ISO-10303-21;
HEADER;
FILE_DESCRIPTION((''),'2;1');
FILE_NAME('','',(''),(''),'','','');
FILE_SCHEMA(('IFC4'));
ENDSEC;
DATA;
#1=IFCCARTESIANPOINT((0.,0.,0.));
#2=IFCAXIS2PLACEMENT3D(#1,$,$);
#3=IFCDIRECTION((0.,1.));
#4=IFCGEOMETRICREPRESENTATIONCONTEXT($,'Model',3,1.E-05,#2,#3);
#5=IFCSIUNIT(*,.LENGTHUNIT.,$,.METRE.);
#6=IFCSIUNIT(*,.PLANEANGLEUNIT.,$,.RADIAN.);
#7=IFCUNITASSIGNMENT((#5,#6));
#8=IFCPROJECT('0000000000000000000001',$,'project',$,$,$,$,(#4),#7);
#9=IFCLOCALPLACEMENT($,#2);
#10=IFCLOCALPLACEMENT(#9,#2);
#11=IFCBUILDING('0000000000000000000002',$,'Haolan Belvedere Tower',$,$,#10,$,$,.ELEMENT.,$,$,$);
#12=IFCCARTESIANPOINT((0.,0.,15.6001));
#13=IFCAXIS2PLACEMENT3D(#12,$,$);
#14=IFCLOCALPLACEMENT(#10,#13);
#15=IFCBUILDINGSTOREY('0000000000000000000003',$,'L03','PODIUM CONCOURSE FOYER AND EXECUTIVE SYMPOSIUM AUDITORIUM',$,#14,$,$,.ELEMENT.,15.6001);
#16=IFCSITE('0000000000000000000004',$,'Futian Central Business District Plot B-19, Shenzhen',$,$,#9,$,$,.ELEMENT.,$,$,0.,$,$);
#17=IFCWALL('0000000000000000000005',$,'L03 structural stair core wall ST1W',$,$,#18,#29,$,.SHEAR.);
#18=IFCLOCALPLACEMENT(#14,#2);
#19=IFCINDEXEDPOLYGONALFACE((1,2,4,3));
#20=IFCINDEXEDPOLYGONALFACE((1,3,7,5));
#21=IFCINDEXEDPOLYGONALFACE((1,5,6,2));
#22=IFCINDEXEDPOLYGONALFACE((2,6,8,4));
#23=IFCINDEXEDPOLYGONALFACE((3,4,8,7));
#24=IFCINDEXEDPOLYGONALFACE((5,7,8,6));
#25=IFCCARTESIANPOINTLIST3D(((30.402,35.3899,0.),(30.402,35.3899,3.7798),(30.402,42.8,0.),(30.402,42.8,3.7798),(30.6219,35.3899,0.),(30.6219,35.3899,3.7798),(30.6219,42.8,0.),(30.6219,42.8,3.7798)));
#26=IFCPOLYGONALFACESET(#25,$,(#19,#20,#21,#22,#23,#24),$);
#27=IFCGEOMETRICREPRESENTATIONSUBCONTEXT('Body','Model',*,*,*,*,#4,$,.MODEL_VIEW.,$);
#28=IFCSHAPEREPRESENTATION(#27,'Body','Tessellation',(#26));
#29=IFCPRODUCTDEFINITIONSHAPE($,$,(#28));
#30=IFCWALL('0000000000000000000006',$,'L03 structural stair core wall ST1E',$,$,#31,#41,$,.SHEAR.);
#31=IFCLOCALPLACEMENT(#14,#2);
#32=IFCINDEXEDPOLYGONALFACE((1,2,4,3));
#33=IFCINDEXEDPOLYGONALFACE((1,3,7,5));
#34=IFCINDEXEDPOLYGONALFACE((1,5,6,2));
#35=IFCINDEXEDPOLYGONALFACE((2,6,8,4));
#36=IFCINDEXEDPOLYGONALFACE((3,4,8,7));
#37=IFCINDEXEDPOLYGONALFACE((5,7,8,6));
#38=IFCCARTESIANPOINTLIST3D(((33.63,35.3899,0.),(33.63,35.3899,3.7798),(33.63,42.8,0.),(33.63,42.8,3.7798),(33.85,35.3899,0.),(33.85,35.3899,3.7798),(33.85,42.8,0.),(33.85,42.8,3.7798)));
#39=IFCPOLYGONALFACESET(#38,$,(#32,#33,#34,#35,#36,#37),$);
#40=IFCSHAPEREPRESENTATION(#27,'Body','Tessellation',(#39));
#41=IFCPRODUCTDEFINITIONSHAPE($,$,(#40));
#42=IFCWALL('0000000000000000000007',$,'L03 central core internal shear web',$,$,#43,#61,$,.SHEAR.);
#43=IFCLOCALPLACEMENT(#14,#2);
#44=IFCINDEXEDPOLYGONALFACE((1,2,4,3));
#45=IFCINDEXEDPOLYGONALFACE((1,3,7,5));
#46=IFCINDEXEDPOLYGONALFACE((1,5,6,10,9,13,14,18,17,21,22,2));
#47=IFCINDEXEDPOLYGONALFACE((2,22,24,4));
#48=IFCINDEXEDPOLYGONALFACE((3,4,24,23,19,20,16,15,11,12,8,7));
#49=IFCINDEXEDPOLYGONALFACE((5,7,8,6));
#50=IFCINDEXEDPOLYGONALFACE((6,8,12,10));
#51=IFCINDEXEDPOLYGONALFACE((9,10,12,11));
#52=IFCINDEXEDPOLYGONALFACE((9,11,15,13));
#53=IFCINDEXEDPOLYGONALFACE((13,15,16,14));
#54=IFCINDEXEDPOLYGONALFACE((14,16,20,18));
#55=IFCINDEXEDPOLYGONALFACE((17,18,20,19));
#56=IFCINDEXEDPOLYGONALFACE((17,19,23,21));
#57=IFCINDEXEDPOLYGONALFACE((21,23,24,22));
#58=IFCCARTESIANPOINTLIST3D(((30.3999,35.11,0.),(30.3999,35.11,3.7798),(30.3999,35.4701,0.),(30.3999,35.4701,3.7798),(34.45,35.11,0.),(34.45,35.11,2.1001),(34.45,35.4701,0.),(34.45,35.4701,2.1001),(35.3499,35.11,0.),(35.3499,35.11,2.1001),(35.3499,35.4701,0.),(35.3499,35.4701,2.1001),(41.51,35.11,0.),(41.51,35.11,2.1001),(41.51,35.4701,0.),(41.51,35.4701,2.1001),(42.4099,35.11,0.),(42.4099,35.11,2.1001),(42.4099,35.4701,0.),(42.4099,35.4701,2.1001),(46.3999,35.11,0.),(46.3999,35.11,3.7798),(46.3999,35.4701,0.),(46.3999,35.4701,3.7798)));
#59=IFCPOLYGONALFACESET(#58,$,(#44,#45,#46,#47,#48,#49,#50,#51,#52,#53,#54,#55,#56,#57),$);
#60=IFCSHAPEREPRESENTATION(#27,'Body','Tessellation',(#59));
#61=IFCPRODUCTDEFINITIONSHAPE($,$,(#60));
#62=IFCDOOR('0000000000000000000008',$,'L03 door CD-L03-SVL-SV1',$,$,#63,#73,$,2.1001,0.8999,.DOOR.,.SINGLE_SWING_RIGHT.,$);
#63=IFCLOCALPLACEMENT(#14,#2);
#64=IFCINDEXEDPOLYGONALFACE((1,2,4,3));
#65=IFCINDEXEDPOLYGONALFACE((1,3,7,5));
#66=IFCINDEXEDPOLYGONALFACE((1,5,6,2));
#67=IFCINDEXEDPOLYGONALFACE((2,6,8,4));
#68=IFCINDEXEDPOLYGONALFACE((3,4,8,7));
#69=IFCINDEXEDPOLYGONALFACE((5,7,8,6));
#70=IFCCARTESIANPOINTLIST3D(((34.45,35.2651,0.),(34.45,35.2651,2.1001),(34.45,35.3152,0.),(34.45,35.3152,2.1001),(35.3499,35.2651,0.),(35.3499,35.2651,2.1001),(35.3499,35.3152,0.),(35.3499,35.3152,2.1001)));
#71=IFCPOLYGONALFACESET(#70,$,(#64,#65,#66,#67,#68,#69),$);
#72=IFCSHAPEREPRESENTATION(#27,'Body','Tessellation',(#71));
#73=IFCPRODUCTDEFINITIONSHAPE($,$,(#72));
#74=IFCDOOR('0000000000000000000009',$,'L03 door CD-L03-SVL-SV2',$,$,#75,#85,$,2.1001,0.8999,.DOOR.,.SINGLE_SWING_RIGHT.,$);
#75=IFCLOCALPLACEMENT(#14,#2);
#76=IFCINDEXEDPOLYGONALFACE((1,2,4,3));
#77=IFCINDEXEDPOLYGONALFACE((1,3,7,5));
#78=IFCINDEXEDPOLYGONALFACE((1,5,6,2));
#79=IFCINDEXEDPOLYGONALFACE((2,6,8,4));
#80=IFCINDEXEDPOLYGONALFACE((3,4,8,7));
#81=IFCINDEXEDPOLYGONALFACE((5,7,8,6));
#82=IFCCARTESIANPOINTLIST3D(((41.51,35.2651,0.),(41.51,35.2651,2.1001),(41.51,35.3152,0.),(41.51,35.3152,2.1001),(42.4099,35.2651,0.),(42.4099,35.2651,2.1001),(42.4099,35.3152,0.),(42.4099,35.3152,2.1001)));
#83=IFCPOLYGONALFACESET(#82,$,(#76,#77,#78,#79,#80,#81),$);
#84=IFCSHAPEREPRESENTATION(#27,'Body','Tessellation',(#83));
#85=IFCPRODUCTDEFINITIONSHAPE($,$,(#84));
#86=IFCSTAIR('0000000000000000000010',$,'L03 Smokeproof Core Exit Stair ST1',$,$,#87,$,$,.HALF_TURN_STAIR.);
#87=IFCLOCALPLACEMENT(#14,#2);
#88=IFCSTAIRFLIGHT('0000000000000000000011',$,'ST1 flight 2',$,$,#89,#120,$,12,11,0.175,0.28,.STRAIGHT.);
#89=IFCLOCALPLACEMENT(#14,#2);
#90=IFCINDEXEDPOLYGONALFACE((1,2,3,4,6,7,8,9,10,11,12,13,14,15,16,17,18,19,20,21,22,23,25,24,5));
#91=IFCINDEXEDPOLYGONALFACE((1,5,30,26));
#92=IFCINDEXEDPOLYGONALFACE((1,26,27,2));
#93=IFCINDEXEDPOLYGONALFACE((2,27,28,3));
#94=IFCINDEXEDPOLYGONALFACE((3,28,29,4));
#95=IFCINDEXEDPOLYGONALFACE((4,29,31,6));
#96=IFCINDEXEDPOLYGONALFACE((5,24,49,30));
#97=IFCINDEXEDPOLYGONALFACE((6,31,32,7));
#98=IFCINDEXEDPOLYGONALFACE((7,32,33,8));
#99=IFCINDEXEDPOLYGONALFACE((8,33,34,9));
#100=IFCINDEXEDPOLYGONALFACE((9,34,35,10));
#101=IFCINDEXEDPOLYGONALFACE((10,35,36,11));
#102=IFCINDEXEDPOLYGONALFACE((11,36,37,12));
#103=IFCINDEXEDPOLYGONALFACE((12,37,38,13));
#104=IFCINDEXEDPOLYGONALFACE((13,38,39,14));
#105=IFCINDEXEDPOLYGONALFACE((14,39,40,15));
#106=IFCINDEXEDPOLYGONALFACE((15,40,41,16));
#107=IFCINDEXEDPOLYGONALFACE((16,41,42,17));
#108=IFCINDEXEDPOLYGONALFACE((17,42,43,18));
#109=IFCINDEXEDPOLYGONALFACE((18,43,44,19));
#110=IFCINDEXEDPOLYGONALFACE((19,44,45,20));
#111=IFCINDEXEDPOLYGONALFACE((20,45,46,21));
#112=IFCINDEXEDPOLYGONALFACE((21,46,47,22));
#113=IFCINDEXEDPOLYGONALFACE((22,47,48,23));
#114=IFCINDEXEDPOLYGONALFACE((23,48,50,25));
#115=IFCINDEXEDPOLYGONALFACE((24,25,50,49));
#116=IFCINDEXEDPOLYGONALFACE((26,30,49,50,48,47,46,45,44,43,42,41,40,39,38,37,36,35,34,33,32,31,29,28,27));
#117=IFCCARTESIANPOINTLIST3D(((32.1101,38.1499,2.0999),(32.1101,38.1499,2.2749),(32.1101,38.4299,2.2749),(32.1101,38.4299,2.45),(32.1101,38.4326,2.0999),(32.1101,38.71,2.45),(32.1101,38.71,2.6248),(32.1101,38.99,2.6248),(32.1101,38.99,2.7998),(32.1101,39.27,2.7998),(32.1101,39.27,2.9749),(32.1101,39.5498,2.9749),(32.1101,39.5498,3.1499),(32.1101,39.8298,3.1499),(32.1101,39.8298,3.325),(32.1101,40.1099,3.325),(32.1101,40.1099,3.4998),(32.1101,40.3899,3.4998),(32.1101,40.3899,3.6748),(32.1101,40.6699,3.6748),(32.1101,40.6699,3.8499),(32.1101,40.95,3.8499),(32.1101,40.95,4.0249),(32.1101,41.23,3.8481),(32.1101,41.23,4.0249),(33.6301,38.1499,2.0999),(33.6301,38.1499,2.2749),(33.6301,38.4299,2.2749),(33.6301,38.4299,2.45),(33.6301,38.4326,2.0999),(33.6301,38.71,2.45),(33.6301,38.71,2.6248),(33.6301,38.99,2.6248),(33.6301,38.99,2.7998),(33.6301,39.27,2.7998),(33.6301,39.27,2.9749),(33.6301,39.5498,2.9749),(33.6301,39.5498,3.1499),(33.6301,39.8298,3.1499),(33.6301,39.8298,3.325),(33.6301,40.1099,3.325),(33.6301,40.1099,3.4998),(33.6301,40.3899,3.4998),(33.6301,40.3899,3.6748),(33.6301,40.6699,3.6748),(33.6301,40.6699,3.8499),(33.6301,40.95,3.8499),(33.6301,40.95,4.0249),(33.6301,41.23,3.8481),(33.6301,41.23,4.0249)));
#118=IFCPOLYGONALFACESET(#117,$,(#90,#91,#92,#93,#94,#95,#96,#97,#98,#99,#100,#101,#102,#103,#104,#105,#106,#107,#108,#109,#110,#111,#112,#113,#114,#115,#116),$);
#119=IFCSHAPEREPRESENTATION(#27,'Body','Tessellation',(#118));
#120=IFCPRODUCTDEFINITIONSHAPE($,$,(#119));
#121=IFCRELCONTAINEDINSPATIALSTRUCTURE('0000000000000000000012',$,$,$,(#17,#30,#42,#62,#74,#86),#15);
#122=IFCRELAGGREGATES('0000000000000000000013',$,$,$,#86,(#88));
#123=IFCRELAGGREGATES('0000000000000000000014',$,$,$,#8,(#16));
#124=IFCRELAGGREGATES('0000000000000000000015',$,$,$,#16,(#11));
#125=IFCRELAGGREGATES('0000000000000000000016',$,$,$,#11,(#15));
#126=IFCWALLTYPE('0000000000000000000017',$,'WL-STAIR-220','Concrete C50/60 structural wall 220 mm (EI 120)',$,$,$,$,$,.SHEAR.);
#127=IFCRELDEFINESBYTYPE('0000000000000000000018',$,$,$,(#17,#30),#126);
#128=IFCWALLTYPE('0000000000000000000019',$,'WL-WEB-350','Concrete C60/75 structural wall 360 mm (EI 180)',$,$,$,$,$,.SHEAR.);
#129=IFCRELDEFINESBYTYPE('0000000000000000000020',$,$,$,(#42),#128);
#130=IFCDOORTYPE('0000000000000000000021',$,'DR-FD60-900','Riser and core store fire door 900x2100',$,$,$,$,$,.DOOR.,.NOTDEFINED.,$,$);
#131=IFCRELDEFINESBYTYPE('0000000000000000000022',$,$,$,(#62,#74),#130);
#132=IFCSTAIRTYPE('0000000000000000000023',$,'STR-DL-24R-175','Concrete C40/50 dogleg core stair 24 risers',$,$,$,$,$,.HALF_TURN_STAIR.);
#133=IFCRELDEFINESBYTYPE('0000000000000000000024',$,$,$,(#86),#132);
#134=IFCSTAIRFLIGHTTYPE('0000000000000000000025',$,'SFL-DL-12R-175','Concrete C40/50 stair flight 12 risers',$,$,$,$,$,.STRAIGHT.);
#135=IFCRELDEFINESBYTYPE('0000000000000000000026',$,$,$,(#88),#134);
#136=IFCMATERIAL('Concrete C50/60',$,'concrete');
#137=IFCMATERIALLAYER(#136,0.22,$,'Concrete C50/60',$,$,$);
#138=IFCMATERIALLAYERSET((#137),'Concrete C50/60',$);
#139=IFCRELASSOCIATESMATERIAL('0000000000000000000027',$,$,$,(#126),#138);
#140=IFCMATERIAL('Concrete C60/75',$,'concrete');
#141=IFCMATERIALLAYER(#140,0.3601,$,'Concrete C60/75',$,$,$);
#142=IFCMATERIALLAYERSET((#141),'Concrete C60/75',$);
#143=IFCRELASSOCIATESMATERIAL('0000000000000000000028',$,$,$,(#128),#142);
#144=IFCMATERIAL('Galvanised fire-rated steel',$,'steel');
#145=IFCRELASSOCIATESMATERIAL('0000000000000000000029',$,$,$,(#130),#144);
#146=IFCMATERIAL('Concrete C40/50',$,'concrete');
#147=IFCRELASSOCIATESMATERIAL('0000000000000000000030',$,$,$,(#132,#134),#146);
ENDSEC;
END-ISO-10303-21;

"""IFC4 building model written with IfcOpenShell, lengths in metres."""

from ifc_helpers import new_model, si_unit, direction, frame, frame_2d, origin, place, context, subcontext, project, spatial, polyline, rectangle, outline, extrude, material, layer, layer_set, type_object, element, fill, aggregate, save


model = new_model("IFC4")

# Units and contexts
model_context = context("Model", 3, precision=1e-05, world=origin(), true_north=direction((0.0, 1.0)))
body_context = subcontext(model_context, "Body", "Model", "MODEL_VIEW")
ifc_project = project(units=[si_unit("LENGTHUNIT", "METRE"), si_unit("PLANEANGLEUNIT", "RADIAN")], contexts=[model_context])

# Site, building, storey
site_placement = place(None, origin())
site = spatial("IfcSite", under=ifc_project, at=site_placement, Name="Futian Central Business District Plot B-19, Shenzhen", CompositionType="ELEMENT", RefElevation=0.0)
building_placement = place(site_placement, origin())
building = spatial("IfcBuilding", under=site, at=building_placement, Name="Haolan Belvedere Tower", CompositionType="ELEMENT")
storey_placement = place(building_placement, frame((0.0, 0.0, 15.6001)))
storey = spatial("IfcBuildingStorey", under=building, at=storey_placement, Name="L03", Description="PODIUM CONCOURSE FOYER AND EXECUTIVE SYMPOSIUM AUDITORIUM", CompositionType="ELEMENT", Elevation=15.6001)

# Walls
ifc_material_1 = material(Name="Concrete C50/60", Category="concrete")
ifc_layer_1 = layer(ifc_material_1, 0.22, Name="Concrete C50/60")
ifc_layer_set_1 = layer_set([ifc_layer_1], Name="Concrete C50/60")
wall_type_1 = type_object("IfcWallType", Name="WL-STAIR-220", Description="Concrete C50/60 structural wall 220 mm (EI 120)", PredefinedType="SHEAR", material=ifc_layer_set_1)
for number, where, z_axis, x_axis, name in (
    (1, (30.512, 35.3899, 0.0), (0.0, 0.0, 1.0), (0.0, 1.0, 0.0), "L03 structural stair core wall ST1W"),
    (2, (33.74, 35.3899, 0.0), (0.0, 0.0, 1.0), (0.0, 1.0, 0.0), "L03 structural stair core wall ST1E"),
):
    element("IfcWall", number, at=place(storey_placement, frame(where, z_axis=z_axis, x_axis=x_axis)), inside=storey, type_object=wall_type_1, Name=name, PredefinedType="SHEAR", context=body_context, shape_type="SweptSolid", body=[
        extrude(rectangle(XDim=7.4102, YDim=0.22, at=frame_2d((3.7051, 0.0))), origin(), (0.0, 0.0, 1.0), 3.7798),
    ])

# Wall, openings, doors
ifc_material_2 = material(Name="Concrete C60/75", Category="concrete")
ifc_layer_2 = layer(ifc_material_2, 0.3601, Name="Concrete C60/75")
ifc_layer_set_2 = layer_set([ifc_layer_2], Name="Concrete C60/75")
wall_type_2 = type_object("IfcWallType", Name="WL-WEB-350", Description="Concrete C60/75 structural wall 360 mm (EI 180)", PredefinedType="SHEAR", material=ifc_layer_set_2)
wall_1_placement = place(storey_placement, frame((30.3999, 35.29, 0.0), z_axis=(0.0, 0.0, 1.0), x_axis=(1.0, 0.0, 0.0)))
wall_1 = element("IfcWall", 3, at=wall_1_placement, inside=storey, type_object=wall_type_2, Name="L03 central core internal shear web", PredefinedType="SHEAR", context=body_context, shape_type="SweptSolid", body=[
    extrude(rectangle(XDim=16.0, YDim=0.3601, at=frame_2d((8.0, 0.0))), origin(), (0.0, 0.0, 1.0), 3.7798),
])
opening_1_placement = place(wall_1_placement, frame((4.95, 0.0, 0.0), z_axis=(0.0, 0.0, 1.0), x_axis=(-1.0, 0.0, 0.0)))
opening_1 = element("IfcOpeningElement", 4, at=opening_1_placement, cuts=wall_1, PredefinedType="OPENING", context=body_context, shape_type="SweptSolid", body=[
    extrude(rectangle(XDim=0.8999, YDim=2.1001, at=frame_2d((0.45, 1.05))), frame((0.0, 0.1899, 0.0), z_axis=(0.0, -1.0, 0.0), x_axis=(1.0, 0.0, 0.0)), (0.0, 0.0, 1.0), 0.3801),
])
opening_2_placement = place(wall_1_placement, frame((12.01, 0.0, 0.0), z_axis=(0.0, 0.0, 1.0), x_axis=(-1.0, 0.0, 0.0)))
opening_2 = element("IfcOpeningElement", 5, at=opening_2_placement, cuts=wall_1, PredefinedType="OPENING", context=body_context, shape_type="SweptSolid", body=[
    extrude(rectangle(XDim=0.8999, YDim=2.1001, at=frame_2d((0.45, 1.05))), frame((0.0, 0.1899, 0.0), z_axis=(0.0, -1.0, 0.0), x_axis=(1.0, 0.0, 0.0)), (0.0, 0.0, 1.0), 0.3801),
])
ifc_material_3 = material(Name="Galvanised fire-rated steel", Category="steel")
door_type_1 = type_object("IfcDoorType", Name="DR-FD60-900", Description="Riser and core store fire door 900x2100", OperationType="NOTDEFINED", PredefinedType="DOOR", material=ifc_material_3)
door_1_placement = place(opening_1_placement, origin())
door_1 = element("IfcDoor", 6, at=door_1_placement, inside=storey, type_object=door_type_1, Name="L03 door CD-L03-SVL-SV1", OperationType="SINGLE_SWING_RIGHT", OverallHeight=2.1001, OverallWidth=0.8999, PredefinedType="DOOR", context=body_context, shape_type="SweptSolid", body=[
    extrude(rectangle(XDim=0.8999, YDim=2.1001, at=frame_2d((0.45, 1.05))), frame((0.0, 0.0249, 0.0), z_axis=(0.0, -1.0, 0.0), x_axis=(1.0, 0.0, 0.0)), (0.0, 0.0, 1.0), 0.05),
])
fill(opening_1, door_1)
door_2_placement = place(opening_2_placement, origin())
door_2 = element("IfcDoor", 7, at=door_2_placement, inside=storey, type_object=door_type_1, Name="L03 door CD-L03-SVL-SV2", OperationType="SINGLE_SWING_RIGHT", OverallHeight=2.1001, OverallWidth=0.8999, PredefinedType="DOOR", context=body_context, shape_type="SweptSolid", body=[
    extrude(rectangle(XDim=0.8999, YDim=2.1001, at=frame_2d((0.45, 1.05))), frame((0.0, 0.0249, 0.0), z_axis=(0.0, -1.0, 0.0), x_axis=(1.0, 0.0, 0.0)), (0.0, 0.0, 1.0), 0.05),
])
fill(opening_2, door_2)

# Stair, stair flight
ifc_material_4 = material(Name="Concrete C40/50", Category="concrete")
stair_type = type_object("IfcStairType", Name="STR-DL-24R-175", Description="Concrete C40/50 dogleg core stair 24 risers", PredefinedType="HALF_TURN_STAIR", material=ifc_material_4)
stair_placement = place(storey_placement, origin())
stair = element("IfcStair", 8, at=stair_placement, inside=storey, type_object=stair_type, Name="L03 Smokeproof Core Exit Stair ST1", PredefinedType="HALF_TURN_STAIR")
stair_flight_type = type_object("IfcStairFlightType", Name="SFL-DL-12R-175", Description="Concrete C40/50 stair flight 12 risers", PredefinedType="STRAIGHT", material=ifc_material_4)
stair_flight_placement = place(storey_placement, frame((32.8701, 38.1499, 2.0999), z_axis=(0.0, 0.0, 1.0), x_axis=(0.0, 1.0, 0.0)))
stair_flight = element("IfcStairFlight", 9, at=stair_flight_placement, type_object=stair_flight_type, Name="ST1 flight 2", NumberOfRisers=12, NumberOfTreads=11, PredefinedType="STRAIGHT", RiserHeight=0.175, TreadLength=0.28, context=body_context, shape_type="SweptSolid", body=[
    extrude(outline(polyline([(0.0, 0.0), (0.0, 0.175), (0.28, 0.175), (0.28, 0.3501), (0.5601, 0.3501), (0.5601, 0.5249), (0.8401, 0.5249), (0.8401, 0.7), (1.1201, 0.7), (1.1201, 0.875), (1.3999, 0.875), (1.3999, 1.05), (1.6799, 1.05), (1.6799, 1.2251), (1.96, 1.2251), (1.96, 1.3999), (2.24, 1.3999), (2.24, 1.575), (2.52, 1.575), (2.52, 1.75), (2.8, 1.75), (2.8, 1.925), (3.0801, 1.925), (3.0801, 2.1001), (3.0801, 1.7483), (0.2827, 0.0), (0.0, 0.0)])), frame((0.0, 0.76, 0.0), z_axis=(0.0, -1.0, 0.0), x_axis=(1.0, 0.0, 0.0)), (0.0, 0.0, 1.0), 1.52),
])
aggregate(stair, [stair_flight])

save(model, "model.ifc")
